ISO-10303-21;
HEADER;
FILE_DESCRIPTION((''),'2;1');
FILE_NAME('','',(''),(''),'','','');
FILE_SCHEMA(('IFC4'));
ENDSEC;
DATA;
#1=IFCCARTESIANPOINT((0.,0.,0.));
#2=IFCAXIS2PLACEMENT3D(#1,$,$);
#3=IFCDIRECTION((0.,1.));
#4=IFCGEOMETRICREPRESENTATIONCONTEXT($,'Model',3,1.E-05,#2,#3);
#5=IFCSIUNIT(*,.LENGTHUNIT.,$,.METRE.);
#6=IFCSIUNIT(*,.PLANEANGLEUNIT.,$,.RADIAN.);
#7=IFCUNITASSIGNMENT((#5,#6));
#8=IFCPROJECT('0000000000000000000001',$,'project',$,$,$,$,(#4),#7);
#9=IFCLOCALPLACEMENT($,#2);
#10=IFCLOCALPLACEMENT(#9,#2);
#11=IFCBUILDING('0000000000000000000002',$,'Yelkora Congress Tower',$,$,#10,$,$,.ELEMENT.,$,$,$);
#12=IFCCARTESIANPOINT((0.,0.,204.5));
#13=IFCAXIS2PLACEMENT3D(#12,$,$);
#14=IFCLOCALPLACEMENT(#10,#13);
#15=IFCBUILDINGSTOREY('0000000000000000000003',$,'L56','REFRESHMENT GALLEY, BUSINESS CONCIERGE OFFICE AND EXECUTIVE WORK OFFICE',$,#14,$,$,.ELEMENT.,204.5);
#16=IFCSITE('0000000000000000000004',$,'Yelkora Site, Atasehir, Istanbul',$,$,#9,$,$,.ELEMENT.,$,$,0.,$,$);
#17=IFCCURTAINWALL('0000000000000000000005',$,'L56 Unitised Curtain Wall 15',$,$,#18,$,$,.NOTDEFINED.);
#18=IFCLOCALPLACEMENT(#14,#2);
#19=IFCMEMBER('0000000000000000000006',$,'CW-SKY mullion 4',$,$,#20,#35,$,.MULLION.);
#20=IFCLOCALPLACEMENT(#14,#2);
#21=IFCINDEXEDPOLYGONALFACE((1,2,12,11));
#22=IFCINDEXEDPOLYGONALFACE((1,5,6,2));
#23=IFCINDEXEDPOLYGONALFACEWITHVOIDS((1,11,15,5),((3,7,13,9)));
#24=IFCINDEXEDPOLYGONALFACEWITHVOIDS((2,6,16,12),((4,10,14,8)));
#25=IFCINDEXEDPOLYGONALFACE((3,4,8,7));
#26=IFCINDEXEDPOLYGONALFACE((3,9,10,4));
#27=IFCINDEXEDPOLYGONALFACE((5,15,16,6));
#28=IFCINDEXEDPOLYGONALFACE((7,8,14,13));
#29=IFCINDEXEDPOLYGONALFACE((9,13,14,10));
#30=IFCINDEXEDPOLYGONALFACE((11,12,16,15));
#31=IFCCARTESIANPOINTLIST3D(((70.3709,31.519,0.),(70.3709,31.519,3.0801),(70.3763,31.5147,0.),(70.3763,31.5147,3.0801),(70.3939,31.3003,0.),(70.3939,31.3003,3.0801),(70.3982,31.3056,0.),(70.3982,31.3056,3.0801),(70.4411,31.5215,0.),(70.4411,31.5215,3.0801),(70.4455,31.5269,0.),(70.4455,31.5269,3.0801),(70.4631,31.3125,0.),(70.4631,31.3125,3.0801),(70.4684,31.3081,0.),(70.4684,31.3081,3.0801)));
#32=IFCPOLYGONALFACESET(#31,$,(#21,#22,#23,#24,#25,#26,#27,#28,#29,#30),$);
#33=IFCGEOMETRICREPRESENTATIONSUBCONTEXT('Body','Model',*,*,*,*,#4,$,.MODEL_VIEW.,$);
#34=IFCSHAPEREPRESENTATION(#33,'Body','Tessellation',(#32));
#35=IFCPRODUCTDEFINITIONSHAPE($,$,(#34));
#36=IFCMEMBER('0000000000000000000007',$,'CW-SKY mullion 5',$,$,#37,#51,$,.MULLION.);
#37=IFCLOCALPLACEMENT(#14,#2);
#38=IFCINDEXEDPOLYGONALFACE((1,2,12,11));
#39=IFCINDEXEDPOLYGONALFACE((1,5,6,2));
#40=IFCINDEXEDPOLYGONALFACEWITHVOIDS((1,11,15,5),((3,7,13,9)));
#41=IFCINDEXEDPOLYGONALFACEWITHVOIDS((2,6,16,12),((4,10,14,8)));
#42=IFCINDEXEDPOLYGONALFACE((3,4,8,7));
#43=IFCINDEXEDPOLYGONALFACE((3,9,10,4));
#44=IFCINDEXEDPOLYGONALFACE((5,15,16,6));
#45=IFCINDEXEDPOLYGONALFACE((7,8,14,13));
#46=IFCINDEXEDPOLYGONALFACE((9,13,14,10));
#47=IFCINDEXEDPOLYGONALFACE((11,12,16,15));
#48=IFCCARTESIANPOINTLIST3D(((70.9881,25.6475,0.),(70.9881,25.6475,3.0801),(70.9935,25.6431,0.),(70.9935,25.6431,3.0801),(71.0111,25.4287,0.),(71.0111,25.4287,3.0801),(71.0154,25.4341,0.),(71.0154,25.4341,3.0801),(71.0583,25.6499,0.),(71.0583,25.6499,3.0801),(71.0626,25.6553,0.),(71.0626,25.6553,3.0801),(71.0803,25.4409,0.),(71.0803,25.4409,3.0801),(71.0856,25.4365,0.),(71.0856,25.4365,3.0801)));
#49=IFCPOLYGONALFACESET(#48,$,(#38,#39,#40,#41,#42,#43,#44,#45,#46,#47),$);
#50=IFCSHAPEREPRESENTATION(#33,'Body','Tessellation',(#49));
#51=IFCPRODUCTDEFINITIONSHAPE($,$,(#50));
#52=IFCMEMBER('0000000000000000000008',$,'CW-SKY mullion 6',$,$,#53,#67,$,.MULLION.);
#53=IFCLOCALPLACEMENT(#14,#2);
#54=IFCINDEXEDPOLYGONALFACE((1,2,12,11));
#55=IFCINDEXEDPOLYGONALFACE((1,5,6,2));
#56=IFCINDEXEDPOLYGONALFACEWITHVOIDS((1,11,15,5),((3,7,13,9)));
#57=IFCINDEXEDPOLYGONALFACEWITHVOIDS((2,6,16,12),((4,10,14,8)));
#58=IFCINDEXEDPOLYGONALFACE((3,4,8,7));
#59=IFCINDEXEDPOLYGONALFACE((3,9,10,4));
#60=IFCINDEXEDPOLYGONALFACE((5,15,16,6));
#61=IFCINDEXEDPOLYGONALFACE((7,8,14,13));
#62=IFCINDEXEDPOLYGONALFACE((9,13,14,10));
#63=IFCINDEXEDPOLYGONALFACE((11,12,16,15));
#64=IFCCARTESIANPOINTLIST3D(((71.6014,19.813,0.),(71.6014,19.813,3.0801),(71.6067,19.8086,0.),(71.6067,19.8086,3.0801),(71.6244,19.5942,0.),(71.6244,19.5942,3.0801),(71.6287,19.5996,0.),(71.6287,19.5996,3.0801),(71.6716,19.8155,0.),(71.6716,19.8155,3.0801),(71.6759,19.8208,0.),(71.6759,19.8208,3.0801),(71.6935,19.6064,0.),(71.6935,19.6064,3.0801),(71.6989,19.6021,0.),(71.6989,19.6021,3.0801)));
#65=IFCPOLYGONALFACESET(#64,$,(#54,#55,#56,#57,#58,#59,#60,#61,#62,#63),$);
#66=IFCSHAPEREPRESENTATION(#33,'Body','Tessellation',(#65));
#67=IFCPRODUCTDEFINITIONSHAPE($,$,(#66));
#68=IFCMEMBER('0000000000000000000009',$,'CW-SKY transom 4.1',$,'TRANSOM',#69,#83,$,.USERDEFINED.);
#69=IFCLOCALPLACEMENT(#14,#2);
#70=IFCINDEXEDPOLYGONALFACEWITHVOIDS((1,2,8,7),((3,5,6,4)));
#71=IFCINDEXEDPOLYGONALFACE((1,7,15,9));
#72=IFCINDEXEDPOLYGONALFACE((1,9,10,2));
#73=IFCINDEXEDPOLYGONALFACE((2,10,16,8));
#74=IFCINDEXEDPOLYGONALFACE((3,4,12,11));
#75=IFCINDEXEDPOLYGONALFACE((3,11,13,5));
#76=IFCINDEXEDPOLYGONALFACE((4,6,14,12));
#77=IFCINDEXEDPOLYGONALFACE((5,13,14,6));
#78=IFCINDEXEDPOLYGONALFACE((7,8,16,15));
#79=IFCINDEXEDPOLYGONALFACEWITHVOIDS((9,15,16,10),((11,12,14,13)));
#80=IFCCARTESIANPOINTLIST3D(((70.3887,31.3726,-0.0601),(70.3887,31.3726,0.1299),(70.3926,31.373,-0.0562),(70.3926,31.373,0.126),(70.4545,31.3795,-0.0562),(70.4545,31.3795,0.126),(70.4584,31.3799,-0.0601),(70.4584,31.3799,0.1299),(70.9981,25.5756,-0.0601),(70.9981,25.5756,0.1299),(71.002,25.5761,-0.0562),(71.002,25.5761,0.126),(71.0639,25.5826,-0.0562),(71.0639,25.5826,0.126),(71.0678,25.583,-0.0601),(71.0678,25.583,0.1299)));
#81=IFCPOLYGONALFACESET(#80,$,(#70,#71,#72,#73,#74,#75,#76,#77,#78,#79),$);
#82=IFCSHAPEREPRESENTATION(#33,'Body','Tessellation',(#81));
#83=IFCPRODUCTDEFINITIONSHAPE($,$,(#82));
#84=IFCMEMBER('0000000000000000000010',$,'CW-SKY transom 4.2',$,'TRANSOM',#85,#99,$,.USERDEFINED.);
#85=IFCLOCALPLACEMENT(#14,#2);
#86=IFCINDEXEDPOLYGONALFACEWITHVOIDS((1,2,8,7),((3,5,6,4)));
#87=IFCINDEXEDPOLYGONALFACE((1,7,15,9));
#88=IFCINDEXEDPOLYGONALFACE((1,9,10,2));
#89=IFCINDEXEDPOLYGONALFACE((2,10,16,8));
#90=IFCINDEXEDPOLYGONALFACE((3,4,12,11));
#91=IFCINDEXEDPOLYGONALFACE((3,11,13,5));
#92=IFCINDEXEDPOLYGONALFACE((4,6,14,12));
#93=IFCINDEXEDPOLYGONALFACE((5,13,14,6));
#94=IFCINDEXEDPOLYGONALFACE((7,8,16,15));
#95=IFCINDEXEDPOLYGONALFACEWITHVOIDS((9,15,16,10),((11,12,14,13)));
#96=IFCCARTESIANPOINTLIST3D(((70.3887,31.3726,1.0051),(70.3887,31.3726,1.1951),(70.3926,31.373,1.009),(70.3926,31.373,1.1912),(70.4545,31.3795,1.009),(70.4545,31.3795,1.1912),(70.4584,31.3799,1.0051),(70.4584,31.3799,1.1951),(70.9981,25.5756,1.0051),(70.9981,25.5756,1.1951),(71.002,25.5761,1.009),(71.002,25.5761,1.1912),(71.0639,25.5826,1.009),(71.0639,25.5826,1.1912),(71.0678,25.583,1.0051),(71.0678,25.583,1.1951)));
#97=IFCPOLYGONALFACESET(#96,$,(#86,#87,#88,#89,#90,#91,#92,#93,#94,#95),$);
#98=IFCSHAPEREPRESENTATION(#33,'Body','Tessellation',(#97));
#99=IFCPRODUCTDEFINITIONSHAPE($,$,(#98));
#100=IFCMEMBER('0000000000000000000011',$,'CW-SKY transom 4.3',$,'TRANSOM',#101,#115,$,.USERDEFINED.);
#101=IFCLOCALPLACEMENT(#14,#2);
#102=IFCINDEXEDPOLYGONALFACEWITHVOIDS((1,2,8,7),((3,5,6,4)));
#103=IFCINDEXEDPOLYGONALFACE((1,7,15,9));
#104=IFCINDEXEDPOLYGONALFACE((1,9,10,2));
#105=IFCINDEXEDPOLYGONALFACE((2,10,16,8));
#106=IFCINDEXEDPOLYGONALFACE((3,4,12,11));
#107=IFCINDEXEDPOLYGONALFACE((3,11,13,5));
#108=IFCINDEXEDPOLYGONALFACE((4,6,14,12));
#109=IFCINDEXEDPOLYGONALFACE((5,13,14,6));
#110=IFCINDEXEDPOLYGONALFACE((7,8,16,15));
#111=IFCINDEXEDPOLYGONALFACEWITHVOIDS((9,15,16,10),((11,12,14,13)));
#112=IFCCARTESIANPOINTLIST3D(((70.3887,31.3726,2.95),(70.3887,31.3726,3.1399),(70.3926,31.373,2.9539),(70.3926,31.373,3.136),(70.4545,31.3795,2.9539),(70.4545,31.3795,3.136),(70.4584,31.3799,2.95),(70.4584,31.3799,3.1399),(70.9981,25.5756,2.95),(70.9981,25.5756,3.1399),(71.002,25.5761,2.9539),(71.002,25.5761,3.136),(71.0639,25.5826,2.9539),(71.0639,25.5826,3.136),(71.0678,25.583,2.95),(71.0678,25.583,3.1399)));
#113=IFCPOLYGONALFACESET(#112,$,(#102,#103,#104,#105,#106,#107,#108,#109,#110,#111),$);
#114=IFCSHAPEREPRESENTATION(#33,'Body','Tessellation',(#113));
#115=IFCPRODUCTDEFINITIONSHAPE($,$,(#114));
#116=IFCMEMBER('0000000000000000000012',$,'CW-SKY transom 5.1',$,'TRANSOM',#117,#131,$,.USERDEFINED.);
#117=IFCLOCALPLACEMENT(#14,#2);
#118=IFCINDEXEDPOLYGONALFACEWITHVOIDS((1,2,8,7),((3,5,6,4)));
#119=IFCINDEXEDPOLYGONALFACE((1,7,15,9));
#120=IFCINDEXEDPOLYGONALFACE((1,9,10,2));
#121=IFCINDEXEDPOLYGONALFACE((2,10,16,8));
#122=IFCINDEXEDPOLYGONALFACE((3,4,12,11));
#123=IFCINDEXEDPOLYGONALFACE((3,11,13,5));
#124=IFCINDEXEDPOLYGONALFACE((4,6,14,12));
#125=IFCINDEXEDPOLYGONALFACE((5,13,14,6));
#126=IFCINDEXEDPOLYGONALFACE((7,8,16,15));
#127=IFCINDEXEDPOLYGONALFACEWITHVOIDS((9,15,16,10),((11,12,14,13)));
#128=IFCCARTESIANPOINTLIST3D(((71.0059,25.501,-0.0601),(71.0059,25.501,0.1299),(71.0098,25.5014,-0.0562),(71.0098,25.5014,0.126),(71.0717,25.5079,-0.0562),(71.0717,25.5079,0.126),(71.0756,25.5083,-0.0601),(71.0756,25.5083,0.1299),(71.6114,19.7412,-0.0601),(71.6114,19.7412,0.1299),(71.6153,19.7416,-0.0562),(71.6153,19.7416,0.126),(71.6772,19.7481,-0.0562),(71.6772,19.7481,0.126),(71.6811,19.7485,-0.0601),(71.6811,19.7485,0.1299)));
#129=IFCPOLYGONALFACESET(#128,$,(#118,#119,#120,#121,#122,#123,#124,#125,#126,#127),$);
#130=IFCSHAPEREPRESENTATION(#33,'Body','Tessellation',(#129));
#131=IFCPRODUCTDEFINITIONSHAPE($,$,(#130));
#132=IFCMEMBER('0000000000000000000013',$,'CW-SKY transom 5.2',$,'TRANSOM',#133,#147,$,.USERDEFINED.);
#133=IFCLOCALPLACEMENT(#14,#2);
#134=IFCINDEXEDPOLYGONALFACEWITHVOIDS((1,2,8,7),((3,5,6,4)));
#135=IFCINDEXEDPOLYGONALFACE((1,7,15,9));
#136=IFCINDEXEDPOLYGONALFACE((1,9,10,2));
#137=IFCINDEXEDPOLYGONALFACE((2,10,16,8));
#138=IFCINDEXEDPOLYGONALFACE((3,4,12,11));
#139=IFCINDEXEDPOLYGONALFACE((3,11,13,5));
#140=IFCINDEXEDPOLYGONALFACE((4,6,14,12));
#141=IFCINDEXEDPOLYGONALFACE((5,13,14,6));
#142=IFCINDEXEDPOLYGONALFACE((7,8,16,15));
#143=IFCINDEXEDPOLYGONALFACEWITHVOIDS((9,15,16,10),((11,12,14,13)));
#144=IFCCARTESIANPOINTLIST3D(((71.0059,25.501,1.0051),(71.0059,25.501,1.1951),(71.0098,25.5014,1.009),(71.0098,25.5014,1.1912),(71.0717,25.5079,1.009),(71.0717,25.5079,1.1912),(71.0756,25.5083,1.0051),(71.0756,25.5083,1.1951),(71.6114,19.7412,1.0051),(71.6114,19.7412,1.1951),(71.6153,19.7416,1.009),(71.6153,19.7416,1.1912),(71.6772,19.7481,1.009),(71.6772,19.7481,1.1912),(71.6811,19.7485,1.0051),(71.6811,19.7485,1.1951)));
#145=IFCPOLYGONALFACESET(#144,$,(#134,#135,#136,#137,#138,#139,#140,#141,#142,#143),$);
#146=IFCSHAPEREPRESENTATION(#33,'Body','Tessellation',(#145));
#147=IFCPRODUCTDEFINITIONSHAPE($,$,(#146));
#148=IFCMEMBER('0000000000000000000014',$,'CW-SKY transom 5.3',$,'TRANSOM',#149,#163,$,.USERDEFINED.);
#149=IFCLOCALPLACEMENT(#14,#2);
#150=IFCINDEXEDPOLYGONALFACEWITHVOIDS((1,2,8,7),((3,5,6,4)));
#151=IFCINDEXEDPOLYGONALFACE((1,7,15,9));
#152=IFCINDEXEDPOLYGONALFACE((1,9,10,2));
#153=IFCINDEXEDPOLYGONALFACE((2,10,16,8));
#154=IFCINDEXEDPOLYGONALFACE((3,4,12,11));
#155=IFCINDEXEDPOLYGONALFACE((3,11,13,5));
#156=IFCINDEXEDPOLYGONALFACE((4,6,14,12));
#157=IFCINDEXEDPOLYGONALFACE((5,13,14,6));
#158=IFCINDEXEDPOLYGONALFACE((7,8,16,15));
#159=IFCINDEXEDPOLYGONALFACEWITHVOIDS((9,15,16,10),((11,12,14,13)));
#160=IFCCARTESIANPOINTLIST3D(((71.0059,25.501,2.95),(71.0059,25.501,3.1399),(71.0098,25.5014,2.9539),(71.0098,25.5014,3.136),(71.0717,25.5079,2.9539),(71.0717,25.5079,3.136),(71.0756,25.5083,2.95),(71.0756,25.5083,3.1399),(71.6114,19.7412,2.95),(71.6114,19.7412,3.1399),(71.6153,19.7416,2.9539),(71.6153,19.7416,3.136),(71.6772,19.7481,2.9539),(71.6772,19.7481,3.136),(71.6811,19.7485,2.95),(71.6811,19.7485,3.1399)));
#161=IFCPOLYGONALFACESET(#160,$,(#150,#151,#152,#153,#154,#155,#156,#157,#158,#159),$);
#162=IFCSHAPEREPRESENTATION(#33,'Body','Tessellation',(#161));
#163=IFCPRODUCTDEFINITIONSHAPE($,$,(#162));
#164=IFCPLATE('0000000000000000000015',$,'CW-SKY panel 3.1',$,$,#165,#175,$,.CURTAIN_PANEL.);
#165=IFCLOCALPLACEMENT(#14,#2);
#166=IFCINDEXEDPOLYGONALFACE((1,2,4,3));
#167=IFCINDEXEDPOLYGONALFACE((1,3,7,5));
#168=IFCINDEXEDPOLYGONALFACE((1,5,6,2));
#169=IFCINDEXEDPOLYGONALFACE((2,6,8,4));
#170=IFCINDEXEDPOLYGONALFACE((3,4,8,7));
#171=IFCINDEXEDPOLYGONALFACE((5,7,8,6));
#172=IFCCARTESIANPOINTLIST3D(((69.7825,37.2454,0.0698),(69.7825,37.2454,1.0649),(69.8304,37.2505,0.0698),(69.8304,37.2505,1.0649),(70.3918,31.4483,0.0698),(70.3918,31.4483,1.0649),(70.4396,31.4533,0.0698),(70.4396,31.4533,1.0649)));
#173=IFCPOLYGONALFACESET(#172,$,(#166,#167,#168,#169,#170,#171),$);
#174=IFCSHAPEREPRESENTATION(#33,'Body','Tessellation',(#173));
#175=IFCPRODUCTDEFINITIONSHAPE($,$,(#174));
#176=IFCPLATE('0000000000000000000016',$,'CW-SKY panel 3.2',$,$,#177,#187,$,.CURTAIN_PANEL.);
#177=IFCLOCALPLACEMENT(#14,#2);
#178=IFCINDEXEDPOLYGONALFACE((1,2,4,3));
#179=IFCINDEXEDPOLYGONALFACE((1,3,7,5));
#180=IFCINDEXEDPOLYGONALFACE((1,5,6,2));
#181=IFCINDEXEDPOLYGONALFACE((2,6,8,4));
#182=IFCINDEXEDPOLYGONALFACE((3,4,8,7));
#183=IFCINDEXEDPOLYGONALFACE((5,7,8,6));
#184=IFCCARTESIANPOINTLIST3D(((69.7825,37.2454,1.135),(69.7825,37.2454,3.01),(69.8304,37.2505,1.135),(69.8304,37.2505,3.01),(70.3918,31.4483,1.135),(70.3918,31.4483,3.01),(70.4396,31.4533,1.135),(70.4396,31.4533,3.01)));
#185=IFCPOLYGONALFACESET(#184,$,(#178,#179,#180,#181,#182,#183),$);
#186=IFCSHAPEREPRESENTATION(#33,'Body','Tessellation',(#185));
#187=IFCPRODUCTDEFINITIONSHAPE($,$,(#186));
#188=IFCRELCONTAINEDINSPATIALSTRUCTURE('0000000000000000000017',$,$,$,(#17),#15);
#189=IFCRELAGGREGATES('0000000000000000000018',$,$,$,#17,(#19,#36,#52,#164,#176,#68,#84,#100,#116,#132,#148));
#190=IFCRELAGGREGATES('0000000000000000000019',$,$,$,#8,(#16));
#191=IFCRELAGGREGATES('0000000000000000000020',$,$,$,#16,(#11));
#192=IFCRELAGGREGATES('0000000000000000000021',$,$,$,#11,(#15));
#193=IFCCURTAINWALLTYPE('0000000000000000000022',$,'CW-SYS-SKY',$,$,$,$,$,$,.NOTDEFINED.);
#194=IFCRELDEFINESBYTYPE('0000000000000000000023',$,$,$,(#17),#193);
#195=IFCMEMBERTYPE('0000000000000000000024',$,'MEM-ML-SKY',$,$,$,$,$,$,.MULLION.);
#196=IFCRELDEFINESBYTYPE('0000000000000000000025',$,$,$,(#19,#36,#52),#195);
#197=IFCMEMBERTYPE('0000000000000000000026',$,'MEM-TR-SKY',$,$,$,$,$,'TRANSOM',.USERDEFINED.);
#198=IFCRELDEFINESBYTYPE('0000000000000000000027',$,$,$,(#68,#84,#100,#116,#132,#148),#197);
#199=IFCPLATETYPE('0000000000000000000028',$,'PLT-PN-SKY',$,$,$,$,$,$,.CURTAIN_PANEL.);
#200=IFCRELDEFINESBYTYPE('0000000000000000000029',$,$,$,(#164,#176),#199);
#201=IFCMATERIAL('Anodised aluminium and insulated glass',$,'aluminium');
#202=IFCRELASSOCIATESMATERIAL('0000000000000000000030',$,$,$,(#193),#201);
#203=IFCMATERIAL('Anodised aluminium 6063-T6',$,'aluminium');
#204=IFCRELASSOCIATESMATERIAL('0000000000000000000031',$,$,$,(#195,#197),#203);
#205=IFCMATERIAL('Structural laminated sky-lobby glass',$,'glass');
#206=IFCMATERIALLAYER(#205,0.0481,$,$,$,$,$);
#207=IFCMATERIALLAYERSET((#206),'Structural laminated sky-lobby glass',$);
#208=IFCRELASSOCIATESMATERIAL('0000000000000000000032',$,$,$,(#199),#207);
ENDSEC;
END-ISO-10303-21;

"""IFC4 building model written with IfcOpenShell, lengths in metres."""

from ifc_helpers import new_model, si_unit, direction, frame, origin, origin_2d, place, context, subcontext, project, spatial, rectangle, hollow_rectangle, extrude, material, layer, layer_set, material_profile, profile_set, type_object, element, aggregate, save


model = new_model("IFC4")

# Units and contexts
model_context = context("Model", 3, precision=1e-05, world=origin(), true_north=direction((0.0, 1.0)))
body_context = subcontext(model_context, "Body", "Model", "MODEL_VIEW")
ifc_project = project(units=[si_unit("LENGTHUNIT", "METRE"), si_unit("PLANEANGLEUNIT", "RADIAN")], contexts=[model_context])

# Site, building, storey
site_placement = place(None, origin())
site = spatial("IfcSite", under=ifc_project, at=site_placement, Name="Yelkora Site, Atasehir, Istanbul", CompositionType="ELEMENT", RefElevation=0.0)
building_placement = place(site_placement, origin())
building = spatial("IfcBuilding", under=site, at=building_placement, Name="Yelkora Congress Tower", CompositionType="ELEMENT")
storey_placement = place(building_placement, frame((0.0, 0.0, 204.5)))
storey = spatial("IfcBuildingStorey", under=building, at=storey_placement, Name="L56", Description="REFRESHMENT GALLEY, BUSINESS CONCIERGE OFFICE AND EXECUTIVE WORK OFFICE", CompositionType="ELEMENT", Elevation=204.5)

# Curtain wall, members, plates
ifc_material_1 = material(Name="Anodised aluminium and insulated glass", Category="aluminium")
curtain_wall_type = type_object("IfcCurtainWallType", Name="CW-SYS-SKY", PredefinedType="NOTDEFINED", material=ifc_material_1)
curtain_wall_placement = place(storey_placement, origin())
curtain_wall = element("IfcCurtainWall", 1, at=curtain_wall_placement, inside=storey, type_object=curtain_wall_type, Name="L56 Unitised Curtain Wall 15", PredefinedType="NOTDEFINED")
ifc_material_2 = material(Name="Anodised aluminium 6063-T6", Category="aluminium")
ifc_material_profile_1 = material_profile(ifc_material_2, hollow_rectangle(XDim=0.075, YDim=0.22, WallThickness=0.0049, at=origin_2d()), Name="ALU 75x220x5")
ifc_profile_set_1 = profile_set([ifc_material_profile_1], Name="Anodised aluminium 6063-T6")
member_type_1 = type_object("IfcMemberType", Name="MEM-ML-SKY", PredefinedType="MULLION", material=ifc_profile_set_1)
member_1_placement = place(storey_placement, frame((70.4197, 31.4136, 0.0), z_axis=(0.0, 0.0, 1.0), x_axis=(0.994522, 0.104526, 0.0)))
member_1 = element("IfcMember", 2, at=member_1_placement, type_object=member_type_1, Name="CW-SKY mullion 4", PredefinedType="MULLION", context=body_context, shape_type="SweptSolid", body=[
    extrude(hollow_rectangle(XDim=0.075, YDim=0.22, WallThickness=0.0049, at=origin_2d()), origin(), (0.0, 0.0, 1.0), 3.0801),
])
member_2_placement = place(storey_placement, frame((71.0369, 25.542, 0.0), z_axis=(0.0, 0.0, 1.0), x_axis=(0.994522, 0.104526, 0.0)))
member_2 = element("IfcMember", 3, at=member_2_placement, type_object=member_type_1, Name="CW-SKY mullion 5", PredefinedType="MULLION", context=body_context, shape_type="SweptSolid", body=[
    extrude(hollow_rectangle(XDim=0.075, YDim=0.22, WallThickness=0.0049, at=origin_2d()), origin(), (0.0, 0.0, 1.0), 3.0801),
])
member_3_placement = place(storey_placement, frame((71.6501, 19.7075, 0.0), z_axis=(0.0, 0.0, 1.0), x_axis=(0.994522, 0.104526, 0.0)))
member_3 = element("IfcMember", 4, at=member_3_placement, type_object=member_type_1, Name="CW-SKY mullion 6", PredefinedType="MULLION", context=body_context, shape_type="SweptSolid", body=[
    extrude(hollow_rectangle(XDim=0.075, YDim=0.22, WallThickness=0.0049, at=origin_2d()), origin(), (0.0, 0.0, 1.0), 3.0801),
])
ifc_material_profile_2 = material_profile(ifc_material_2, hollow_rectangle(XDim=0.0701, YDim=0.1899, WallThickness=0.0039, at=origin_2d()), Name="ALU 70x190x4")
ifc_profile_set_2 = profile_set([ifc_material_profile_2], Name="Anodised aluminium 6063-T6")
member_type_2 = type_object("IfcMemberType", Name="MEM-TR-SKY", ElementType="TRANSOM", PredefinedType="USERDEFINED", material=ifc_profile_set_2)
member_4_placement = place(storey_placement, frame((70.4236, 31.3762, 0.0349), z_axis=(0.104545, -0.99452, 0.0), x_axis=(0.99452, 0.104545, 0.0)))
member_4 = element("IfcMember", 5, at=member_4_placement, type_object=member_type_2, Name="CW-SKY transom 4.1", ObjectType="TRANSOM", PredefinedType="USERDEFINED", context=body_context, shape_type="SweptSolid", body=[
    extrude(hollow_rectangle(XDim=0.0701, YDim=0.1899, WallThickness=0.0039, at=origin_2d()), origin(), (0.0, 0.0, 1.0), 5.8289),
])
member_5_placement = place(storey_placement, frame((70.4236, 31.3762, 1.1001), z_axis=(0.104545, -0.99452, 0.0), x_axis=(0.99452, 0.104545, 0.0)))
member_5 = element("IfcMember", 6, at=member_5_placement, type_object=member_type_2, Name="CW-SKY transom 4.2", ObjectType="TRANSOM", PredefinedType="USERDEFINED", context=body_context, shape_type="SweptSolid", body=[
    extrude(hollow_rectangle(XDim=0.0701, YDim=0.1899, WallThickness=0.0039, at=origin_2d()), origin(), (0.0, 0.0, 1.0), 5.8289),
])
member_6_placement = place(storey_placement, frame((70.4236, 31.3762, 3.0449), z_axis=(0.104545, -0.99452, 0.0), x_axis=(0.99452, 0.104545, 0.0)))
member_6 = element("IfcMember", 7, at=member_6_placement, type_object=member_type_2, Name="CW-SKY transom 4.3", ObjectType="TRANSOM", PredefinedType="USERDEFINED", context=body_context, shape_type="SweptSolid", body=[
    extrude(hollow_rectangle(XDim=0.0701, YDim=0.1899, WallThickness=0.0039, at=origin_2d()), origin(), (0.0, 0.0, 1.0), 5.8289),
])
member_7_placement = place(storey_placement, frame((71.0408, 25.5046, 0.0349), z_axis=(0.104544, -0.99452, 0.0), x_axis=(0.99452, 0.104544, 0.0)))
member_7 = element("IfcMember", 8, at=member_7_placement, type_object=member_type_2, Name="CW-SKY transom 5.1", ObjectType="TRANSOM", PredefinedType="USERDEFINED", context=body_context, shape_type="SweptSolid", body=[
    extrude(hollow_rectangle(XDim=0.0701, YDim=0.1899, WallThickness=0.0039, at=origin_2d()), origin(), (0.0, 0.0, 1.0), 5.7915),
])
member_8_placement = place(storey_placement, frame((71.0408, 25.5046, 1.1001), z_axis=(0.104544, -0.99452, 0.0), x_axis=(0.99452, 0.104544, 0.0)))
member_8 = element("IfcMember", 9, at=member_8_placement, type_object=member_type_2, Name="CW-SKY transom 5.2", ObjectType="TRANSOM", PredefinedType="USERDEFINED", context=body_context, shape_type="SweptSolid", body=[
    extrude(hollow_rectangle(XDim=0.0701, YDim=0.1899, WallThickness=0.0039, at=origin_2d()), origin(), (0.0, 0.0, 1.0), 5.7915),
])
member_9_placement = place(storey_placement, frame((71.0408, 25.5046, 3.0449), z_axis=(0.104544, -0.99452, 0.0), x_axis=(0.99452, 0.104544, 0.0)))
member_9 = element("IfcMember", 10, at=member_9_placement, type_object=member_type_2, Name="CW-SKY transom 5.3", ObjectType="TRANSOM", PredefinedType="USERDEFINED", context=body_context, shape_type="SweptSolid", body=[
    extrude(hollow_rectangle(XDim=0.0701, YDim=0.1899, WallThickness=0.0039, at=origin_2d()), origin(), (0.0, 0.0, 1.0), 5.7915),
])
ifc_material_3 = material(Name="Structural laminated sky-lobby glass", Category="glass")
ifc_layer_1 = layer(ifc_material_3, 0.0481)
ifc_layer_set_1 = layer_set([ifc_layer_1], Name="Structural laminated sky-lobby glass")
plate_type = type_object("IfcPlateType", Name="PLT-PN-SKY", PredefinedType="CURTAIN_PANEL", material=ifc_layer_set_1)
plate_1_placement = place(storey_placement, frame((70.1111, 34.3494, 0.0698), z_axis=(0.0, 0.0, 1.0), x_axis=(0.104526, -0.994522, 0.0)))
plate_1 = element("IfcPlate", 11, at=plate_1_placement, type_object=plate_type, Name="CW-SKY panel 3.1", PredefinedType="CURTAIN_PANEL", context=body_context, shape_type="SweptSolid", body=[
    extrude(rectangle(XDim=5.8291, YDim=0.0481, at=origin_2d()), origin(), (0.0, 0.0, 1.0), 0.9951),
])
plate_2_placement = place(storey_placement, frame((70.1111, 34.3494, 1.135), z_axis=(0.0, 0.0, 1.0), x_axis=(0.104526, -0.994522, 0.0)))
plate_2 = element("IfcPlate", 12, at=plate_2_placement, type_object=plate_type, Name="CW-SKY panel 3.2", PredefinedType="CURTAIN_PANEL", context=body_context, shape_type="SweptSolid", body=[
    extrude(rectangle(XDim=5.8291, YDim=0.0481, at=origin_2d()), origin(), (0.0, 0.0, 1.0), 1.875),
])
aggregate(curtain_wall, [member_1, member_2, member_3, plate_1, plate_2, member_4, member_5, member_6, member_7, member_8, member_9])

save(model, "model.ifc")
